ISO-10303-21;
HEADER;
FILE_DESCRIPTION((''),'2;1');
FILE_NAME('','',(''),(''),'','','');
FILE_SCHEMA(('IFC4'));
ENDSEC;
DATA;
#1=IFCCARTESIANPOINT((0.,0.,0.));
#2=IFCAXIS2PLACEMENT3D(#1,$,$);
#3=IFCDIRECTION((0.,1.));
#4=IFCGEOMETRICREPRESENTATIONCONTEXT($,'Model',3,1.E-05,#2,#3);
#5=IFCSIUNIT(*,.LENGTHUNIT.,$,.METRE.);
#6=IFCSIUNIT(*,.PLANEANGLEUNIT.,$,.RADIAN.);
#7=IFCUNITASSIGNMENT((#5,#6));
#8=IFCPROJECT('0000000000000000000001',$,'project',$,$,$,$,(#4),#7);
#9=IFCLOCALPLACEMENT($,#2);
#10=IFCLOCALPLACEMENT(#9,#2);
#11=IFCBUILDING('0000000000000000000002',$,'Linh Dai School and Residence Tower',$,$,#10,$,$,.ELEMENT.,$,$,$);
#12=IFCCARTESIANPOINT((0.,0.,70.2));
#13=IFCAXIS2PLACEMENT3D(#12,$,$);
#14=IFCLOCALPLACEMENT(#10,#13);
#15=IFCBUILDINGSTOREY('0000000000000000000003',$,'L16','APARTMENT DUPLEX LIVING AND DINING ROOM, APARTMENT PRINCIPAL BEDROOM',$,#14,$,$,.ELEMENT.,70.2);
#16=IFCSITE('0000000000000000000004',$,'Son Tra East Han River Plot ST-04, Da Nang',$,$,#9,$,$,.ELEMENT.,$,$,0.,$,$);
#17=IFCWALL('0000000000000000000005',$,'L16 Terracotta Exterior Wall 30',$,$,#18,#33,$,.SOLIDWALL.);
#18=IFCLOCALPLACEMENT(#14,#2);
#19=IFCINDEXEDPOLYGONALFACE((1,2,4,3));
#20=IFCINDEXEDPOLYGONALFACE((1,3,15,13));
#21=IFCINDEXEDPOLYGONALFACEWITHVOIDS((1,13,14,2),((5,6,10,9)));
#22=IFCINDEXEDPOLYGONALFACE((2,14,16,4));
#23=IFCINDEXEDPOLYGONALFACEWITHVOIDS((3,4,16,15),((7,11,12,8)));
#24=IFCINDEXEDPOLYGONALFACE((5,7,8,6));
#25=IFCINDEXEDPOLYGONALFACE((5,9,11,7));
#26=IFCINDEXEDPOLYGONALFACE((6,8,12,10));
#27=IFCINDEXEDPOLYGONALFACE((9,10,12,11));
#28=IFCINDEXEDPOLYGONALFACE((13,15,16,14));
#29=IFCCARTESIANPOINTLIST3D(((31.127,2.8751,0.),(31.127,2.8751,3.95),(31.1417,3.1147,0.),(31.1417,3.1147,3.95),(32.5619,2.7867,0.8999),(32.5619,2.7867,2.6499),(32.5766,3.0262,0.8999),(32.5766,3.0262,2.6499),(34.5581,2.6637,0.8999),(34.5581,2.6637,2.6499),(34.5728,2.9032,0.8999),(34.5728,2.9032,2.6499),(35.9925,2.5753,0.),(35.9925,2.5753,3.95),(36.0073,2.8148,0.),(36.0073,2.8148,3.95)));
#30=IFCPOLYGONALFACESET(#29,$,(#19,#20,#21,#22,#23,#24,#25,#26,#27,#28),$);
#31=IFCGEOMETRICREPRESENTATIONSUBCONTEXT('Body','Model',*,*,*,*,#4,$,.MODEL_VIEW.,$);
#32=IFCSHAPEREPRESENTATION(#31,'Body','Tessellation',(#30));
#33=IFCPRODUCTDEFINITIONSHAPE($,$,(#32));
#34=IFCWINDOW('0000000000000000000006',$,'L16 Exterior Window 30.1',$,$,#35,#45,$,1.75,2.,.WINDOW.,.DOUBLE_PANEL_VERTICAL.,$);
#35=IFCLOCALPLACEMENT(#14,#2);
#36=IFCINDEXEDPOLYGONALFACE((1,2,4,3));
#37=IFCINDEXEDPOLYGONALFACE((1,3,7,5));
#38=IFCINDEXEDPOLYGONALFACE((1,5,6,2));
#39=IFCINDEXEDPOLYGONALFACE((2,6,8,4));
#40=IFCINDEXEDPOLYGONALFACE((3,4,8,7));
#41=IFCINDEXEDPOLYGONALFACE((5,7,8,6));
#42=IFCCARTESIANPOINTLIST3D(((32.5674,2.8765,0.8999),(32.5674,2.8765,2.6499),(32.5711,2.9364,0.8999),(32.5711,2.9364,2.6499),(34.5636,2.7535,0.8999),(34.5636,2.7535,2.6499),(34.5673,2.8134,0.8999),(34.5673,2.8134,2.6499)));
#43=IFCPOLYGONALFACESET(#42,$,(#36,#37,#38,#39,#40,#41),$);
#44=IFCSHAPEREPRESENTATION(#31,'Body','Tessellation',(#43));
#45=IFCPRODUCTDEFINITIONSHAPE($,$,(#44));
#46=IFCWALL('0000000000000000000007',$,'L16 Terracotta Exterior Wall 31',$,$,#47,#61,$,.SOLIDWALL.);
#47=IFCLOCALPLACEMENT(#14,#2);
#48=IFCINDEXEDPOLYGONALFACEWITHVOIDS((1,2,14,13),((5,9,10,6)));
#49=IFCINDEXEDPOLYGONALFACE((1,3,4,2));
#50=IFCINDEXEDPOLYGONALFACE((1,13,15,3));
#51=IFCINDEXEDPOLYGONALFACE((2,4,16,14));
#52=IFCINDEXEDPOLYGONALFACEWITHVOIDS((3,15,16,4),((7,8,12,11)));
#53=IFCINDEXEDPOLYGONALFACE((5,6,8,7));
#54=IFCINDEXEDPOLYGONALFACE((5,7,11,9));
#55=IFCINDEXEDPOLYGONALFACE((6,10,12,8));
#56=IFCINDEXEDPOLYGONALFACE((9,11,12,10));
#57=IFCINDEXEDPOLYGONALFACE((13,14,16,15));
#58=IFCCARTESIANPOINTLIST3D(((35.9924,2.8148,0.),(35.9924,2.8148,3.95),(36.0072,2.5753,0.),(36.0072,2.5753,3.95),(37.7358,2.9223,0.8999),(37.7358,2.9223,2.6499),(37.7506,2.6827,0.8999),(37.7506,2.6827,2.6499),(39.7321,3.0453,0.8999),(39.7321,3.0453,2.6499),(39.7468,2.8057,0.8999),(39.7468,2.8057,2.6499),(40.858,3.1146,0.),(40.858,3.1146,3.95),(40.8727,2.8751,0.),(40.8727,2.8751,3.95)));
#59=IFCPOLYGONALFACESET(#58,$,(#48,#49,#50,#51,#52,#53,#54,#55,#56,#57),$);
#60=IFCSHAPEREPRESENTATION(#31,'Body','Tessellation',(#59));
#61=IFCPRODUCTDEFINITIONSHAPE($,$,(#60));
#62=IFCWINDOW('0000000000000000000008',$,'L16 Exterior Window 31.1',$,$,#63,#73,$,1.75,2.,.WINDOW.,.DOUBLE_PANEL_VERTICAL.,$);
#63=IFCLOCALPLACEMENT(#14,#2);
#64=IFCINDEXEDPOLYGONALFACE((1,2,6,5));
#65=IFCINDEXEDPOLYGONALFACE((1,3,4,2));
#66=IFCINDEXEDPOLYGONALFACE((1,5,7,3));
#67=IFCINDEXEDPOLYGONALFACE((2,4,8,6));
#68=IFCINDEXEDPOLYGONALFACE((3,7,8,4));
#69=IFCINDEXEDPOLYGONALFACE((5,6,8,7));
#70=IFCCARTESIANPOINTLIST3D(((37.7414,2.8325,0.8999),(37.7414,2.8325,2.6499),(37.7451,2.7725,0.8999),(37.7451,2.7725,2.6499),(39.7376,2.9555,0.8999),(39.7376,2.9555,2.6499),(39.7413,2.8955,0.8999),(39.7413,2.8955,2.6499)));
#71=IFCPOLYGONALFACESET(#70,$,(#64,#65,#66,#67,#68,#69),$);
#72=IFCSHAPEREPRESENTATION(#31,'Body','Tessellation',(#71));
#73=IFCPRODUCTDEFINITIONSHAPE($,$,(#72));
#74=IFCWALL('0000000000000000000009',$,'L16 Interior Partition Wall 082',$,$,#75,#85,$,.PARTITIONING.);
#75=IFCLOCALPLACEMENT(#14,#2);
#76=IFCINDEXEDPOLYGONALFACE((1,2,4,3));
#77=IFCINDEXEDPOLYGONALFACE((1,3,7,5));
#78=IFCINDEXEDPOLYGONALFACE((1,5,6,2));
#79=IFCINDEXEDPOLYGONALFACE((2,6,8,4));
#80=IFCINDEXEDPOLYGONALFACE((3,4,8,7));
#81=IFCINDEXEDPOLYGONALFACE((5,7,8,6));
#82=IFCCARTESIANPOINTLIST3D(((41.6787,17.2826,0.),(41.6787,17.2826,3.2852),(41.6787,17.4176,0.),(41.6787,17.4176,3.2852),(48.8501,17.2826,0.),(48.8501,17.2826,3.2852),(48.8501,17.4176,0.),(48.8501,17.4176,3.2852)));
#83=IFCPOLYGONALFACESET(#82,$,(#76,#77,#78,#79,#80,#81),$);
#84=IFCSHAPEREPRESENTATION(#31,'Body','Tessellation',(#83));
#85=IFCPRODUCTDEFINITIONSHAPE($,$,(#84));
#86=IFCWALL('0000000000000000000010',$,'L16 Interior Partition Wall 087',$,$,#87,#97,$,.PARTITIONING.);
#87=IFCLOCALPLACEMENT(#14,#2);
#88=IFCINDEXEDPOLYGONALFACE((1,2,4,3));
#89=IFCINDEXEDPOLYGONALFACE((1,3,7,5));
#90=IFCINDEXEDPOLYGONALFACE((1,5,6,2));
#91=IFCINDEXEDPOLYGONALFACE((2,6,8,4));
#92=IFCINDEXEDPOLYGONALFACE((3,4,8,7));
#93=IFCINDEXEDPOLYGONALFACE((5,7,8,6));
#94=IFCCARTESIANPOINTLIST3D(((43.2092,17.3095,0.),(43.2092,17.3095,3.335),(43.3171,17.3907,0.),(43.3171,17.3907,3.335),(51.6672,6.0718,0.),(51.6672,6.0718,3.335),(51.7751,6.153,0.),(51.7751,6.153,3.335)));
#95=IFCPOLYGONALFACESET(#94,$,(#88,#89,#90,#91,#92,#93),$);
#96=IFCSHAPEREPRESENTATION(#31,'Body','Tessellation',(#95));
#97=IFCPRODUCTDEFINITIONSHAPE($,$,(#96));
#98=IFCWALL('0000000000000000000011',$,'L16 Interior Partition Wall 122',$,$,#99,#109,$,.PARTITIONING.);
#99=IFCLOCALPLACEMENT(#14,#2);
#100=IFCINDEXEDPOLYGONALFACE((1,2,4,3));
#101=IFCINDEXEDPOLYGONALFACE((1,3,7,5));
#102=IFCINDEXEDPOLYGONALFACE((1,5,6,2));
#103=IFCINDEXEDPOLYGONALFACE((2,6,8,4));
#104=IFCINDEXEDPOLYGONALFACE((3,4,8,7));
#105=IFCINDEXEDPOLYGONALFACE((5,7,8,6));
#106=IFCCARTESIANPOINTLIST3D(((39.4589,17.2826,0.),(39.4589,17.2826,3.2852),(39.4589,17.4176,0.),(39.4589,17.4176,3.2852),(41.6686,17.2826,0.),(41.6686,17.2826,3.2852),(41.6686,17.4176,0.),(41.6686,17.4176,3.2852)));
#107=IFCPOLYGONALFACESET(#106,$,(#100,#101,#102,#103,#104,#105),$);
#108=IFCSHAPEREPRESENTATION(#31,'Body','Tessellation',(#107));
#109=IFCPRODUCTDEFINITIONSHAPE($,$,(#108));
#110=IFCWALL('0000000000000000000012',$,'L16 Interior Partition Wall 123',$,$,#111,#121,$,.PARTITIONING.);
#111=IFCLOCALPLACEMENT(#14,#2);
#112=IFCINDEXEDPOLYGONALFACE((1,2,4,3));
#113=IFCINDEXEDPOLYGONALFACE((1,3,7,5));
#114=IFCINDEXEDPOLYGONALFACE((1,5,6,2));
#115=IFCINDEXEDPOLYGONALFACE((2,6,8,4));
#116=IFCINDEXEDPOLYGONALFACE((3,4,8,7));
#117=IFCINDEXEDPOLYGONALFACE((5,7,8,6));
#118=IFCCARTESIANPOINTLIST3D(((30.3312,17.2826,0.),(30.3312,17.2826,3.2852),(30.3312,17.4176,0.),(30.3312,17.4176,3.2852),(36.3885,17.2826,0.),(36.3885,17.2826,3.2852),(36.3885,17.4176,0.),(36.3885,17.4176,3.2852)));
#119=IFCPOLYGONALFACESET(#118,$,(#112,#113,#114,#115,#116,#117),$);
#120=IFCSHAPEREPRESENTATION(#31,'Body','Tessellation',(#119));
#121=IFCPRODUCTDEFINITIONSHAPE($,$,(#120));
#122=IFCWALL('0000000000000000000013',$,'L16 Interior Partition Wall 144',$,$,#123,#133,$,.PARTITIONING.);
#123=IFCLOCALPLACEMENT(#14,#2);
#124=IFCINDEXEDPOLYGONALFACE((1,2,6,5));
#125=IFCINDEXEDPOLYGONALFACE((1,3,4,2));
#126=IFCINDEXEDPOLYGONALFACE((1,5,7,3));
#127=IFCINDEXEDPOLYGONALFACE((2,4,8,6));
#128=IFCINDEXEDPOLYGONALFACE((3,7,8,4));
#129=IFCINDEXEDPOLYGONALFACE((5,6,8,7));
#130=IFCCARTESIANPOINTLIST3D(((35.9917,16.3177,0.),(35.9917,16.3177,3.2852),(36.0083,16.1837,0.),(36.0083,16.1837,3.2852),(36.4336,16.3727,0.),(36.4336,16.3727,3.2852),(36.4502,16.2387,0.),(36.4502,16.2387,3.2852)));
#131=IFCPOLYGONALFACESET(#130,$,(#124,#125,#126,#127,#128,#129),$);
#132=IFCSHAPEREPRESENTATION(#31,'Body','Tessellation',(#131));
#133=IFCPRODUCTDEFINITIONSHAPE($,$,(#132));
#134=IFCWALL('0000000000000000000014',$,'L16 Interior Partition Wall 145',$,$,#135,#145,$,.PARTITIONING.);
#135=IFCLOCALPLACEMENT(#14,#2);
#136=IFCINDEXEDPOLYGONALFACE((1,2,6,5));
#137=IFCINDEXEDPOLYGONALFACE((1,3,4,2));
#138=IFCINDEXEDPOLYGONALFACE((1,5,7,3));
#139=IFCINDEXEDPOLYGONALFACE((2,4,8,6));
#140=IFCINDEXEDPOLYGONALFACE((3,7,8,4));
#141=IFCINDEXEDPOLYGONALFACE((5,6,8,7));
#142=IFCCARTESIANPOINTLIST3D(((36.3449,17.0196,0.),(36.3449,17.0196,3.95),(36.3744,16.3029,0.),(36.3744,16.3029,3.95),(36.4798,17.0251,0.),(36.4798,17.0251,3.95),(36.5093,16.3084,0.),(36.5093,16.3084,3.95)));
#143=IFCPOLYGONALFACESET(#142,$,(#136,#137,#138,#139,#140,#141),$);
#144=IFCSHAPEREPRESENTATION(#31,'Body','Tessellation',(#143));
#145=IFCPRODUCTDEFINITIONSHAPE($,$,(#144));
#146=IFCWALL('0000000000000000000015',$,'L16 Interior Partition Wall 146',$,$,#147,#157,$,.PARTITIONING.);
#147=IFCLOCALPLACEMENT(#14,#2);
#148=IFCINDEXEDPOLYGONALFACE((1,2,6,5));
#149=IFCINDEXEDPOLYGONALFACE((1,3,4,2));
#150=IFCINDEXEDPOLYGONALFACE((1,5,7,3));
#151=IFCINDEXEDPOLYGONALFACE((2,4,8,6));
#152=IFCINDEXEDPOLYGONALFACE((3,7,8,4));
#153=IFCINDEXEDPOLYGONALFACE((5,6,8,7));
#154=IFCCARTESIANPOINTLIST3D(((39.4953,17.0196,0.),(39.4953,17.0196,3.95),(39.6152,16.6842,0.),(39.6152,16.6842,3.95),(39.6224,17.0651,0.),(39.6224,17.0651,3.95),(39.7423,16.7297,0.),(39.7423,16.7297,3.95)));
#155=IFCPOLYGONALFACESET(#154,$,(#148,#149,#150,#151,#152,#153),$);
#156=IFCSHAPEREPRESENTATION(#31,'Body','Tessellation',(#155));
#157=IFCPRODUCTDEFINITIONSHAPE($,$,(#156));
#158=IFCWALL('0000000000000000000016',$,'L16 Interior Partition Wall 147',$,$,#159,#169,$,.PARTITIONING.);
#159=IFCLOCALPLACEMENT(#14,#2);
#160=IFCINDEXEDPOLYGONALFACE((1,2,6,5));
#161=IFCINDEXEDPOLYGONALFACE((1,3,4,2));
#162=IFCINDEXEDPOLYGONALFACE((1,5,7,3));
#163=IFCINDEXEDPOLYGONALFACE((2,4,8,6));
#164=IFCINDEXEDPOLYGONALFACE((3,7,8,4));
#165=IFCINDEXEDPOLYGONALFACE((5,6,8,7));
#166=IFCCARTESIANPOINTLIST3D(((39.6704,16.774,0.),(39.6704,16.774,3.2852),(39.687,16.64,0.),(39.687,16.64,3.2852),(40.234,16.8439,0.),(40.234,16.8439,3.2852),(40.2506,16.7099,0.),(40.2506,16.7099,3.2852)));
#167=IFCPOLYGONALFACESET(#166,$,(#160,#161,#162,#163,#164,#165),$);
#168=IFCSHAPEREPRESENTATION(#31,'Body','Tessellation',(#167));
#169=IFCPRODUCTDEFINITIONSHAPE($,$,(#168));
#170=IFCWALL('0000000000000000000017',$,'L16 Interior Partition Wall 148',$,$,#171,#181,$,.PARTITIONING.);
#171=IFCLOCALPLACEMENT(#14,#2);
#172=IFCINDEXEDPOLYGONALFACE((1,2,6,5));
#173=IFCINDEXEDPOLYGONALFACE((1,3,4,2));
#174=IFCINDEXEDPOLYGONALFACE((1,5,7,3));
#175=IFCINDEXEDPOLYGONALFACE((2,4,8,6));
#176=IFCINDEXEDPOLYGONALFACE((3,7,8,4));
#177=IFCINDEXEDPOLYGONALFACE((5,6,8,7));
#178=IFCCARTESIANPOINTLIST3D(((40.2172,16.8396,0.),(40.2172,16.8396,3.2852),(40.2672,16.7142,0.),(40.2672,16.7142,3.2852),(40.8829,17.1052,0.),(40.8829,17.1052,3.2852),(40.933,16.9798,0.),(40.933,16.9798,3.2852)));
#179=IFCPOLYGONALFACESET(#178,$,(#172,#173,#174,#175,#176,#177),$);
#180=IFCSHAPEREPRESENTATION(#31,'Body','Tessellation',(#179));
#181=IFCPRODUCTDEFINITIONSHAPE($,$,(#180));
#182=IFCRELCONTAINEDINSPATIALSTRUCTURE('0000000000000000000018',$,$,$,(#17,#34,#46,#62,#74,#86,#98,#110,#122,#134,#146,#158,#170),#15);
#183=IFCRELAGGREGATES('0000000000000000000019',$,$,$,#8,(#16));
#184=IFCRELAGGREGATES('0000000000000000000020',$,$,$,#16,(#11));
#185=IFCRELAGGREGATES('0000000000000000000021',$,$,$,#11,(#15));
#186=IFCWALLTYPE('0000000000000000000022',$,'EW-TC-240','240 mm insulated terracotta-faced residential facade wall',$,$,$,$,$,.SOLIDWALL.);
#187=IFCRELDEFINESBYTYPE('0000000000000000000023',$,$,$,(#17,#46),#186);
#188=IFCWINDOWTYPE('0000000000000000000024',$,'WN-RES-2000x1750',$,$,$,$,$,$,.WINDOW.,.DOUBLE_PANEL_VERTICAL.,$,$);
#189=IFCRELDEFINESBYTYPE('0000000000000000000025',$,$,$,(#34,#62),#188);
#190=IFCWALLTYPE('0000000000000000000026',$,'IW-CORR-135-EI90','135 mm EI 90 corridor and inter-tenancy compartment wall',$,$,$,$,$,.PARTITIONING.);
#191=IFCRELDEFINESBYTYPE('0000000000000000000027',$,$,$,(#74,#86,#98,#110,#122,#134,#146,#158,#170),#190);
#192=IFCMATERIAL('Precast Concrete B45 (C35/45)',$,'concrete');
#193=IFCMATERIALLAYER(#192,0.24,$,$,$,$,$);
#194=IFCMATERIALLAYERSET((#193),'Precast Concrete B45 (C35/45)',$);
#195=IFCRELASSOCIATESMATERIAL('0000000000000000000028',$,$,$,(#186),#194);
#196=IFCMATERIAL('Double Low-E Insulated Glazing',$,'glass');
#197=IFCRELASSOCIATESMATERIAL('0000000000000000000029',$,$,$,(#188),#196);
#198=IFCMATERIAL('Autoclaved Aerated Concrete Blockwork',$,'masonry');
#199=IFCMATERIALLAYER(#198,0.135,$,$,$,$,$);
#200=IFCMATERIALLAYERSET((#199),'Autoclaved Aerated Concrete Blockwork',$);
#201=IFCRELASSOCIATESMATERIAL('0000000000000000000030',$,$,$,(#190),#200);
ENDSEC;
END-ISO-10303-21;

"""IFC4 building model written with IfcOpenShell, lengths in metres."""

from ifc_helpers import new_model, si_unit, direction, frame, frame_2d, origin, origin_2d, place, context, subcontext, project, spatial, rectangle, extrude, source, transform, mapped, material, layer, layer_set, type_object, element, fill, save


model = new_model("IFC4")

# Units and contexts
model_context = context("Model", 3, precision=1e-05, world=origin(), true_north=direction((0.0, 1.0)))
body_context = subcontext(model_context, "Body", "Model", "MODEL_VIEW")
ifc_project = project(units=[si_unit("LENGTHUNIT", "METRE"), si_unit("PLANEANGLEUNIT", "RADIAN")], contexts=[model_context])

# Site, building, storey
site_placement = place(None, origin())
site = spatial("IfcSite", under=ifc_project, at=site_placement, Name="Son Tra East Han River Plot ST-04, Da Nang", CompositionType="ELEMENT", RefElevation=0.0)
building_placement = place(site_placement, origin())
building = spatial("IfcBuilding", under=site, at=building_placement, Name="Linh Dai School and Residence Tower", CompositionType="ELEMENT")
storey_placement = place(building_placement, frame((0.0, 0.0, 70.2)))
storey = spatial("IfcBuildingStorey", under=building, at=storey_placement, Name="L16", Description="APARTMENT DUPLEX LIVING AND DINING ROOM, APARTMENT PRINCIPAL BEDROOM", CompositionType="ELEMENT", Elevation=70.2)

# Walls, openings, windows
ifc_material_1 = material(Name="Precast Concrete B45 (C35/45)", Category="concrete")
ifc_layer_1 = layer(ifc_material_1, 0.24)
ifc_layer_set_1 = layer_set([ifc_layer_1], Name="Precast Concrete B45 (C35/45)")
wall_type_1 = type_object("IfcWallType", Name="EW-TC-240", Description="240 mm insulated terracotta-faced residential facade wall", PredefinedType="SOLIDWALL", material=ifc_layer_set_1)
wall_1_placement = place(storey_placement, frame((36.0, 2.6951, 0.0), z_axis=(0.0, 0.0, 1.0), x_axis=(-0.998107, 0.061502, 0.0)))
wall_1 = element("IfcWall", 1, at=wall_1_placement, inside=storey, type_object=wall_type_1, Name="L16 Terracotta Exterior Wall 30", PredefinedType="SOLIDWALL", context=body_context, shape_type="SweptSolid", body=[
    extrude(rectangle(XDim=4.8748, YDim=0.24, at=frame_2d((2.4375, 0.0))), origin(), (0.0, 0.0, 1.0), 3.95),
])
opening_1_placement = place(wall_1_placement, frame((1.4373, 0.0, 0.8999)))
opening_1 = element("IfcOpeningElement", 2, at=opening_1_placement, cuts=wall_1, PredefinedType="OPENING", context=body_context, shape_type="SweptSolid", body=[
    extrude(rectangle(XDim=2.0, YDim=1.75, at=origin_2d()), frame((1.0, 0.1299, 0.875), z_axis=(0.0, -1.0, 0.0), x_axis=(1.0, 0.0, 0.0)), (0.0, 0.0, 1.0), 0.26),
])
ifc_material_2 = material(Name="Double Low-E Insulated Glazing", Category="glass")
window_type = type_object("IfcWindowType", Name="WN-RES-2000x1750", PartitioningType="DOUBLE_PANEL_VERTICAL", PredefinedType="WINDOW", material=ifc_material_2)
shared_shape_1 = source(origin(), body_context, "Body", "SweptSolid", [
    extrude(rectangle(XDim=2.0, YDim=1.75, at=origin_2d()), frame((1.0, 0.03, 0.875), z_axis=(0.0, -1.0, 0.0), x_axis=(1.0, 0.0, 0.0)), (0.0, 0.0, 1.0), 0.0601),
])
window_1_placement = place(opening_1_placement, origin())
window_1 = element("IfcWindow", 3, at=window_1_placement, inside=storey, type_object=window_type, Name="L16 Exterior Window 30.1", OverallHeight=1.75, OverallWidth=2.0, PartitioningType="DOUBLE_PANEL_VERTICAL", PredefinedType="WINDOW", context=body_context, shape_type="MappedRepresentation", body=[
    mapped(shared_shape_1, transform((0.0, 0.0, 0.0), x_axis=(1.0, 0.0, 0.0), y_axis=(0.0, 1.0, 0.0), z_axis=(0.0, 0.0, 1.0), scale=1.0)),
])
fill(opening_1, window_1)
wall_2_placement = place(storey_placement, frame((40.8655, 2.9949, 0.0), z_axis=(0.0, 0.0, 1.0), x_axis=(-0.998107, -0.061502, 0.0)))
wall_2 = element("IfcWall", 4, at=wall_2_placement, inside=storey, type_object=wall_type_1, Name="L16 Terracotta Exterior Wall 31", PredefinedType="SOLIDWALL", context=body_context, shape_type="SweptSolid", body=[
    extrude(rectangle(XDim=4.8748, YDim=0.24, at=frame_2d((2.4375, 0.0))), origin(), (0.0, 0.0, 1.0), 3.95),
])
opening_2_placement = place(wall_2_placement, frame((1.1282, 0.0, 0.8999)))
opening_2 = element("IfcOpeningElement", 5, at=opening_2_placement, cuts=wall_2, PredefinedType="OPENING", context=body_context, shape_type="SweptSolid", body=[
    extrude(rectangle(XDim=2.0, YDim=1.75, at=origin_2d()), frame((1.0, 0.1299, 0.875), z_axis=(0.0, -1.0, 0.0), x_axis=(1.0, 0.0, 0.0)), (0.0, 0.0, 1.0), 0.26),
])
window_2_placement = place(opening_2_placement, origin())
window_2 = element("IfcWindow", 6, at=window_2_placement, inside=storey, type_object=window_type, Name="L16 Exterior Window 31.1", OverallHeight=1.75, OverallWidth=2.0, PartitioningType="DOUBLE_PANEL_VERTICAL", PredefinedType="WINDOW", context=body_context, shape_type="MappedRepresentation", body=[
    mapped(shared_shape_1, transform((0.0, 0.0, 0.0), x_axis=(1.0, 0.0, 0.0), y_axis=(0.0, 1.0, 0.0), z_axis=(0.0, 0.0, 1.0), scale=1.0)),
])
fill(opening_2, window_2)

# Shared definitions
ifc_material_3 = material(Name="Autoclaved Aerated Concrete Blockwork", Category="masonry")
ifc_layer_2 = layer(ifc_material_3, 0.135)
ifc_layer_set_2 = layer_set([ifc_layer_2], Name="Autoclaved Aerated Concrete Blockwork")
wall_type_2 = type_object("IfcWallType", Name="IW-CORR-135-EI90", Description="135 mm EI 90 corridor and inter-tenancy compartment wall", PredefinedType="PARTITIONING", material=ifc_layer_set_2)

# Walls
wall_3_placement = place(storey_placement, frame((41.6787, 17.3501, 0.0), z_axis=(0.0, 0.0, 1.0), x_axis=(1.0, 0.0, 0.0)))
element("IfcWall", 7, at=wall_3_placement, inside=storey, type_object=wall_type_2, Name="L16 Interior Partition Wall 082", PredefinedType="PARTITIONING", context=body_context, shape_type="SweptSolid", body=[
    extrude(rectangle(XDim=7.1714, YDim=0.135, at=frame_2d((3.5857, 0.0))), origin(), (0.0, 0.0, 1.0), 3.2852),
])
wall_4_placement = place(storey_placement, frame((43.2632, 17.3501, 0.0), z_axis=(0.0, 0.0, 1.0), x_axis=(0.601349, -0.798987, 0.0)))
element("IfcWall", 8, at=wall_4_placement, inside=storey, type_object=wall_type_2, Name="L16 Interior Partition Wall 087", PredefinedType="PARTITIONING", context=body_context, shape_type="SweptSolid", body=[
    extrude(rectangle(XDim=14.0649, YDim=0.135, at=frame_2d((7.0325, 0.0))), origin(), (0.0, 0.0, 1.0), 3.335),
])
wall_5_placement = place(storey_placement, frame((41.6687, 17.3501, 0.0), z_axis=(0.0, 0.0, 1.0), x_axis=(-1.0, 0.0, 0.0)))
element("IfcWall", 9, at=wall_5_placement, inside=storey, type_object=wall_type_2, Name="L16 Interior Partition Wall 122", PredefinedType="PARTITIONING", context=body_context, shape_type="SweptSolid", body=[
    extrude(rectangle(XDim=2.2097, YDim=0.135, at=frame_2d((1.105, 0.0))), origin(), (0.0, 0.0, 1.0), 3.2852),
])
wall_6_placement = place(storey_placement, frame((36.3887, 17.3501, 0.0), z_axis=(0.0, 0.0, 1.0), x_axis=(-1.0, 0.0, 0.0)))
element("IfcWall", 10, at=wall_6_placement, inside=storey, type_object=wall_type_2, Name="L16 Interior Partition Wall 123", PredefinedType="PARTITIONING", context=body_context, shape_type="SweptSolid", body=[
    extrude(rectangle(XDim=6.0574, YDim=0.135, at=frame_2d((3.0288, 0.0))), origin(), (0.0, 0.0, 1.0), 3.2852),
])
wall_7_placement = place(storey_placement, frame((36.0, 16.2507, 0.0), z_axis=(0.0, 0.0, 1.0), x_axis=(0.992362, 0.12336, 0.0)))
element("IfcWall", 11, at=wall_7_placement, inside=storey, type_object=wall_type_2, Name="L16 Interior Partition Wall 144", PredefinedType="PARTITIONING", context=body_context, shape_type="SweptSolid", body=[
    extrude(rectangle(XDim=0.4453, YDim=0.135, at=frame_2d((0.2227, 0.0))), origin(), (0.0, 0.0, 1.0), 3.2852),
])
wall_8_placement = place(storey_placement, frame((36.4419, 16.3057, 0.0), z_axis=(0.0, 0.0, 1.0), x_axis=(-0.041178, 0.999152, 0.0)))
element("IfcWall", 12, at=wall_8_placement, inside=storey, type_object=wall_type_2, Name="L16 Interior Partition Wall 145", PredefinedType="PARTITIONING", context=body_context, shape_type="SweptSolid", body=[
    extrude(rectangle(XDim=0.7173, YDim=0.135, at=frame_2d((0.3586, 0.0))), origin(), (0.0, 0.0, 1.0), 3.95),
])
wall_9_placement = place(storey_placement, frame((39.5588, 17.0425, 0.0), z_axis=(0.0, 0.0, 1.0), x_axis=(0.33651, -0.94168, 0.0)))
element("IfcWall", 13, at=wall_9_placement, inside=storey, type_object=wall_type_2, Name="L16 Interior Partition Wall 146", PredefinedType="PARTITIONING", context=body_context, shape_type="SweptSolid", body=[
    extrude(rectangle(XDim=0.3562, YDim=0.135, at=frame_2d((0.1782, 0.0))), origin(), (0.0, 0.0, 1.0), 3.95),
])
wall_10_placement = place(storey_placement, frame((39.6787, 16.707, 0.0), z_axis=(0.0, 0.0, 1.0), x_axis=(0.99241, 0.122976, 0.0)))
element("IfcWall", 14, at=wall_10_placement, inside=storey, type_object=wall_type_2, Name="L16 Interior Partition Wall 147", PredefinedType="PARTITIONING", context=body_context, shape_type="SweptSolid", body=[
    extrude(rectangle(XDim=0.5679, YDim=0.135, at=frame_2d((0.2839, 0.0))), origin(), (0.0, 0.0, 1.0), 3.2852),
])
wall_11_placement = place(storey_placement, frame((40.2422, 16.7769, 0.0), z_axis=(0.0, 0.0, 1.0), x_axis=(0.928805, 0.370568, 0.0)))
element("IfcWall", 15, at=wall_11_placement, inside=storey, type_object=wall_type_2, Name="L16 Interior Partition Wall 148", PredefinedType="PARTITIONING", context=body_context, shape_type="SweptSolid", body=[
    extrude(rectangle(XDim=0.7168, YDim=0.135, at=frame_2d((0.3584, 0.0))), origin(), (0.0, 0.0, 1.0), 3.2852),
])

save(model, "model.ifc")
